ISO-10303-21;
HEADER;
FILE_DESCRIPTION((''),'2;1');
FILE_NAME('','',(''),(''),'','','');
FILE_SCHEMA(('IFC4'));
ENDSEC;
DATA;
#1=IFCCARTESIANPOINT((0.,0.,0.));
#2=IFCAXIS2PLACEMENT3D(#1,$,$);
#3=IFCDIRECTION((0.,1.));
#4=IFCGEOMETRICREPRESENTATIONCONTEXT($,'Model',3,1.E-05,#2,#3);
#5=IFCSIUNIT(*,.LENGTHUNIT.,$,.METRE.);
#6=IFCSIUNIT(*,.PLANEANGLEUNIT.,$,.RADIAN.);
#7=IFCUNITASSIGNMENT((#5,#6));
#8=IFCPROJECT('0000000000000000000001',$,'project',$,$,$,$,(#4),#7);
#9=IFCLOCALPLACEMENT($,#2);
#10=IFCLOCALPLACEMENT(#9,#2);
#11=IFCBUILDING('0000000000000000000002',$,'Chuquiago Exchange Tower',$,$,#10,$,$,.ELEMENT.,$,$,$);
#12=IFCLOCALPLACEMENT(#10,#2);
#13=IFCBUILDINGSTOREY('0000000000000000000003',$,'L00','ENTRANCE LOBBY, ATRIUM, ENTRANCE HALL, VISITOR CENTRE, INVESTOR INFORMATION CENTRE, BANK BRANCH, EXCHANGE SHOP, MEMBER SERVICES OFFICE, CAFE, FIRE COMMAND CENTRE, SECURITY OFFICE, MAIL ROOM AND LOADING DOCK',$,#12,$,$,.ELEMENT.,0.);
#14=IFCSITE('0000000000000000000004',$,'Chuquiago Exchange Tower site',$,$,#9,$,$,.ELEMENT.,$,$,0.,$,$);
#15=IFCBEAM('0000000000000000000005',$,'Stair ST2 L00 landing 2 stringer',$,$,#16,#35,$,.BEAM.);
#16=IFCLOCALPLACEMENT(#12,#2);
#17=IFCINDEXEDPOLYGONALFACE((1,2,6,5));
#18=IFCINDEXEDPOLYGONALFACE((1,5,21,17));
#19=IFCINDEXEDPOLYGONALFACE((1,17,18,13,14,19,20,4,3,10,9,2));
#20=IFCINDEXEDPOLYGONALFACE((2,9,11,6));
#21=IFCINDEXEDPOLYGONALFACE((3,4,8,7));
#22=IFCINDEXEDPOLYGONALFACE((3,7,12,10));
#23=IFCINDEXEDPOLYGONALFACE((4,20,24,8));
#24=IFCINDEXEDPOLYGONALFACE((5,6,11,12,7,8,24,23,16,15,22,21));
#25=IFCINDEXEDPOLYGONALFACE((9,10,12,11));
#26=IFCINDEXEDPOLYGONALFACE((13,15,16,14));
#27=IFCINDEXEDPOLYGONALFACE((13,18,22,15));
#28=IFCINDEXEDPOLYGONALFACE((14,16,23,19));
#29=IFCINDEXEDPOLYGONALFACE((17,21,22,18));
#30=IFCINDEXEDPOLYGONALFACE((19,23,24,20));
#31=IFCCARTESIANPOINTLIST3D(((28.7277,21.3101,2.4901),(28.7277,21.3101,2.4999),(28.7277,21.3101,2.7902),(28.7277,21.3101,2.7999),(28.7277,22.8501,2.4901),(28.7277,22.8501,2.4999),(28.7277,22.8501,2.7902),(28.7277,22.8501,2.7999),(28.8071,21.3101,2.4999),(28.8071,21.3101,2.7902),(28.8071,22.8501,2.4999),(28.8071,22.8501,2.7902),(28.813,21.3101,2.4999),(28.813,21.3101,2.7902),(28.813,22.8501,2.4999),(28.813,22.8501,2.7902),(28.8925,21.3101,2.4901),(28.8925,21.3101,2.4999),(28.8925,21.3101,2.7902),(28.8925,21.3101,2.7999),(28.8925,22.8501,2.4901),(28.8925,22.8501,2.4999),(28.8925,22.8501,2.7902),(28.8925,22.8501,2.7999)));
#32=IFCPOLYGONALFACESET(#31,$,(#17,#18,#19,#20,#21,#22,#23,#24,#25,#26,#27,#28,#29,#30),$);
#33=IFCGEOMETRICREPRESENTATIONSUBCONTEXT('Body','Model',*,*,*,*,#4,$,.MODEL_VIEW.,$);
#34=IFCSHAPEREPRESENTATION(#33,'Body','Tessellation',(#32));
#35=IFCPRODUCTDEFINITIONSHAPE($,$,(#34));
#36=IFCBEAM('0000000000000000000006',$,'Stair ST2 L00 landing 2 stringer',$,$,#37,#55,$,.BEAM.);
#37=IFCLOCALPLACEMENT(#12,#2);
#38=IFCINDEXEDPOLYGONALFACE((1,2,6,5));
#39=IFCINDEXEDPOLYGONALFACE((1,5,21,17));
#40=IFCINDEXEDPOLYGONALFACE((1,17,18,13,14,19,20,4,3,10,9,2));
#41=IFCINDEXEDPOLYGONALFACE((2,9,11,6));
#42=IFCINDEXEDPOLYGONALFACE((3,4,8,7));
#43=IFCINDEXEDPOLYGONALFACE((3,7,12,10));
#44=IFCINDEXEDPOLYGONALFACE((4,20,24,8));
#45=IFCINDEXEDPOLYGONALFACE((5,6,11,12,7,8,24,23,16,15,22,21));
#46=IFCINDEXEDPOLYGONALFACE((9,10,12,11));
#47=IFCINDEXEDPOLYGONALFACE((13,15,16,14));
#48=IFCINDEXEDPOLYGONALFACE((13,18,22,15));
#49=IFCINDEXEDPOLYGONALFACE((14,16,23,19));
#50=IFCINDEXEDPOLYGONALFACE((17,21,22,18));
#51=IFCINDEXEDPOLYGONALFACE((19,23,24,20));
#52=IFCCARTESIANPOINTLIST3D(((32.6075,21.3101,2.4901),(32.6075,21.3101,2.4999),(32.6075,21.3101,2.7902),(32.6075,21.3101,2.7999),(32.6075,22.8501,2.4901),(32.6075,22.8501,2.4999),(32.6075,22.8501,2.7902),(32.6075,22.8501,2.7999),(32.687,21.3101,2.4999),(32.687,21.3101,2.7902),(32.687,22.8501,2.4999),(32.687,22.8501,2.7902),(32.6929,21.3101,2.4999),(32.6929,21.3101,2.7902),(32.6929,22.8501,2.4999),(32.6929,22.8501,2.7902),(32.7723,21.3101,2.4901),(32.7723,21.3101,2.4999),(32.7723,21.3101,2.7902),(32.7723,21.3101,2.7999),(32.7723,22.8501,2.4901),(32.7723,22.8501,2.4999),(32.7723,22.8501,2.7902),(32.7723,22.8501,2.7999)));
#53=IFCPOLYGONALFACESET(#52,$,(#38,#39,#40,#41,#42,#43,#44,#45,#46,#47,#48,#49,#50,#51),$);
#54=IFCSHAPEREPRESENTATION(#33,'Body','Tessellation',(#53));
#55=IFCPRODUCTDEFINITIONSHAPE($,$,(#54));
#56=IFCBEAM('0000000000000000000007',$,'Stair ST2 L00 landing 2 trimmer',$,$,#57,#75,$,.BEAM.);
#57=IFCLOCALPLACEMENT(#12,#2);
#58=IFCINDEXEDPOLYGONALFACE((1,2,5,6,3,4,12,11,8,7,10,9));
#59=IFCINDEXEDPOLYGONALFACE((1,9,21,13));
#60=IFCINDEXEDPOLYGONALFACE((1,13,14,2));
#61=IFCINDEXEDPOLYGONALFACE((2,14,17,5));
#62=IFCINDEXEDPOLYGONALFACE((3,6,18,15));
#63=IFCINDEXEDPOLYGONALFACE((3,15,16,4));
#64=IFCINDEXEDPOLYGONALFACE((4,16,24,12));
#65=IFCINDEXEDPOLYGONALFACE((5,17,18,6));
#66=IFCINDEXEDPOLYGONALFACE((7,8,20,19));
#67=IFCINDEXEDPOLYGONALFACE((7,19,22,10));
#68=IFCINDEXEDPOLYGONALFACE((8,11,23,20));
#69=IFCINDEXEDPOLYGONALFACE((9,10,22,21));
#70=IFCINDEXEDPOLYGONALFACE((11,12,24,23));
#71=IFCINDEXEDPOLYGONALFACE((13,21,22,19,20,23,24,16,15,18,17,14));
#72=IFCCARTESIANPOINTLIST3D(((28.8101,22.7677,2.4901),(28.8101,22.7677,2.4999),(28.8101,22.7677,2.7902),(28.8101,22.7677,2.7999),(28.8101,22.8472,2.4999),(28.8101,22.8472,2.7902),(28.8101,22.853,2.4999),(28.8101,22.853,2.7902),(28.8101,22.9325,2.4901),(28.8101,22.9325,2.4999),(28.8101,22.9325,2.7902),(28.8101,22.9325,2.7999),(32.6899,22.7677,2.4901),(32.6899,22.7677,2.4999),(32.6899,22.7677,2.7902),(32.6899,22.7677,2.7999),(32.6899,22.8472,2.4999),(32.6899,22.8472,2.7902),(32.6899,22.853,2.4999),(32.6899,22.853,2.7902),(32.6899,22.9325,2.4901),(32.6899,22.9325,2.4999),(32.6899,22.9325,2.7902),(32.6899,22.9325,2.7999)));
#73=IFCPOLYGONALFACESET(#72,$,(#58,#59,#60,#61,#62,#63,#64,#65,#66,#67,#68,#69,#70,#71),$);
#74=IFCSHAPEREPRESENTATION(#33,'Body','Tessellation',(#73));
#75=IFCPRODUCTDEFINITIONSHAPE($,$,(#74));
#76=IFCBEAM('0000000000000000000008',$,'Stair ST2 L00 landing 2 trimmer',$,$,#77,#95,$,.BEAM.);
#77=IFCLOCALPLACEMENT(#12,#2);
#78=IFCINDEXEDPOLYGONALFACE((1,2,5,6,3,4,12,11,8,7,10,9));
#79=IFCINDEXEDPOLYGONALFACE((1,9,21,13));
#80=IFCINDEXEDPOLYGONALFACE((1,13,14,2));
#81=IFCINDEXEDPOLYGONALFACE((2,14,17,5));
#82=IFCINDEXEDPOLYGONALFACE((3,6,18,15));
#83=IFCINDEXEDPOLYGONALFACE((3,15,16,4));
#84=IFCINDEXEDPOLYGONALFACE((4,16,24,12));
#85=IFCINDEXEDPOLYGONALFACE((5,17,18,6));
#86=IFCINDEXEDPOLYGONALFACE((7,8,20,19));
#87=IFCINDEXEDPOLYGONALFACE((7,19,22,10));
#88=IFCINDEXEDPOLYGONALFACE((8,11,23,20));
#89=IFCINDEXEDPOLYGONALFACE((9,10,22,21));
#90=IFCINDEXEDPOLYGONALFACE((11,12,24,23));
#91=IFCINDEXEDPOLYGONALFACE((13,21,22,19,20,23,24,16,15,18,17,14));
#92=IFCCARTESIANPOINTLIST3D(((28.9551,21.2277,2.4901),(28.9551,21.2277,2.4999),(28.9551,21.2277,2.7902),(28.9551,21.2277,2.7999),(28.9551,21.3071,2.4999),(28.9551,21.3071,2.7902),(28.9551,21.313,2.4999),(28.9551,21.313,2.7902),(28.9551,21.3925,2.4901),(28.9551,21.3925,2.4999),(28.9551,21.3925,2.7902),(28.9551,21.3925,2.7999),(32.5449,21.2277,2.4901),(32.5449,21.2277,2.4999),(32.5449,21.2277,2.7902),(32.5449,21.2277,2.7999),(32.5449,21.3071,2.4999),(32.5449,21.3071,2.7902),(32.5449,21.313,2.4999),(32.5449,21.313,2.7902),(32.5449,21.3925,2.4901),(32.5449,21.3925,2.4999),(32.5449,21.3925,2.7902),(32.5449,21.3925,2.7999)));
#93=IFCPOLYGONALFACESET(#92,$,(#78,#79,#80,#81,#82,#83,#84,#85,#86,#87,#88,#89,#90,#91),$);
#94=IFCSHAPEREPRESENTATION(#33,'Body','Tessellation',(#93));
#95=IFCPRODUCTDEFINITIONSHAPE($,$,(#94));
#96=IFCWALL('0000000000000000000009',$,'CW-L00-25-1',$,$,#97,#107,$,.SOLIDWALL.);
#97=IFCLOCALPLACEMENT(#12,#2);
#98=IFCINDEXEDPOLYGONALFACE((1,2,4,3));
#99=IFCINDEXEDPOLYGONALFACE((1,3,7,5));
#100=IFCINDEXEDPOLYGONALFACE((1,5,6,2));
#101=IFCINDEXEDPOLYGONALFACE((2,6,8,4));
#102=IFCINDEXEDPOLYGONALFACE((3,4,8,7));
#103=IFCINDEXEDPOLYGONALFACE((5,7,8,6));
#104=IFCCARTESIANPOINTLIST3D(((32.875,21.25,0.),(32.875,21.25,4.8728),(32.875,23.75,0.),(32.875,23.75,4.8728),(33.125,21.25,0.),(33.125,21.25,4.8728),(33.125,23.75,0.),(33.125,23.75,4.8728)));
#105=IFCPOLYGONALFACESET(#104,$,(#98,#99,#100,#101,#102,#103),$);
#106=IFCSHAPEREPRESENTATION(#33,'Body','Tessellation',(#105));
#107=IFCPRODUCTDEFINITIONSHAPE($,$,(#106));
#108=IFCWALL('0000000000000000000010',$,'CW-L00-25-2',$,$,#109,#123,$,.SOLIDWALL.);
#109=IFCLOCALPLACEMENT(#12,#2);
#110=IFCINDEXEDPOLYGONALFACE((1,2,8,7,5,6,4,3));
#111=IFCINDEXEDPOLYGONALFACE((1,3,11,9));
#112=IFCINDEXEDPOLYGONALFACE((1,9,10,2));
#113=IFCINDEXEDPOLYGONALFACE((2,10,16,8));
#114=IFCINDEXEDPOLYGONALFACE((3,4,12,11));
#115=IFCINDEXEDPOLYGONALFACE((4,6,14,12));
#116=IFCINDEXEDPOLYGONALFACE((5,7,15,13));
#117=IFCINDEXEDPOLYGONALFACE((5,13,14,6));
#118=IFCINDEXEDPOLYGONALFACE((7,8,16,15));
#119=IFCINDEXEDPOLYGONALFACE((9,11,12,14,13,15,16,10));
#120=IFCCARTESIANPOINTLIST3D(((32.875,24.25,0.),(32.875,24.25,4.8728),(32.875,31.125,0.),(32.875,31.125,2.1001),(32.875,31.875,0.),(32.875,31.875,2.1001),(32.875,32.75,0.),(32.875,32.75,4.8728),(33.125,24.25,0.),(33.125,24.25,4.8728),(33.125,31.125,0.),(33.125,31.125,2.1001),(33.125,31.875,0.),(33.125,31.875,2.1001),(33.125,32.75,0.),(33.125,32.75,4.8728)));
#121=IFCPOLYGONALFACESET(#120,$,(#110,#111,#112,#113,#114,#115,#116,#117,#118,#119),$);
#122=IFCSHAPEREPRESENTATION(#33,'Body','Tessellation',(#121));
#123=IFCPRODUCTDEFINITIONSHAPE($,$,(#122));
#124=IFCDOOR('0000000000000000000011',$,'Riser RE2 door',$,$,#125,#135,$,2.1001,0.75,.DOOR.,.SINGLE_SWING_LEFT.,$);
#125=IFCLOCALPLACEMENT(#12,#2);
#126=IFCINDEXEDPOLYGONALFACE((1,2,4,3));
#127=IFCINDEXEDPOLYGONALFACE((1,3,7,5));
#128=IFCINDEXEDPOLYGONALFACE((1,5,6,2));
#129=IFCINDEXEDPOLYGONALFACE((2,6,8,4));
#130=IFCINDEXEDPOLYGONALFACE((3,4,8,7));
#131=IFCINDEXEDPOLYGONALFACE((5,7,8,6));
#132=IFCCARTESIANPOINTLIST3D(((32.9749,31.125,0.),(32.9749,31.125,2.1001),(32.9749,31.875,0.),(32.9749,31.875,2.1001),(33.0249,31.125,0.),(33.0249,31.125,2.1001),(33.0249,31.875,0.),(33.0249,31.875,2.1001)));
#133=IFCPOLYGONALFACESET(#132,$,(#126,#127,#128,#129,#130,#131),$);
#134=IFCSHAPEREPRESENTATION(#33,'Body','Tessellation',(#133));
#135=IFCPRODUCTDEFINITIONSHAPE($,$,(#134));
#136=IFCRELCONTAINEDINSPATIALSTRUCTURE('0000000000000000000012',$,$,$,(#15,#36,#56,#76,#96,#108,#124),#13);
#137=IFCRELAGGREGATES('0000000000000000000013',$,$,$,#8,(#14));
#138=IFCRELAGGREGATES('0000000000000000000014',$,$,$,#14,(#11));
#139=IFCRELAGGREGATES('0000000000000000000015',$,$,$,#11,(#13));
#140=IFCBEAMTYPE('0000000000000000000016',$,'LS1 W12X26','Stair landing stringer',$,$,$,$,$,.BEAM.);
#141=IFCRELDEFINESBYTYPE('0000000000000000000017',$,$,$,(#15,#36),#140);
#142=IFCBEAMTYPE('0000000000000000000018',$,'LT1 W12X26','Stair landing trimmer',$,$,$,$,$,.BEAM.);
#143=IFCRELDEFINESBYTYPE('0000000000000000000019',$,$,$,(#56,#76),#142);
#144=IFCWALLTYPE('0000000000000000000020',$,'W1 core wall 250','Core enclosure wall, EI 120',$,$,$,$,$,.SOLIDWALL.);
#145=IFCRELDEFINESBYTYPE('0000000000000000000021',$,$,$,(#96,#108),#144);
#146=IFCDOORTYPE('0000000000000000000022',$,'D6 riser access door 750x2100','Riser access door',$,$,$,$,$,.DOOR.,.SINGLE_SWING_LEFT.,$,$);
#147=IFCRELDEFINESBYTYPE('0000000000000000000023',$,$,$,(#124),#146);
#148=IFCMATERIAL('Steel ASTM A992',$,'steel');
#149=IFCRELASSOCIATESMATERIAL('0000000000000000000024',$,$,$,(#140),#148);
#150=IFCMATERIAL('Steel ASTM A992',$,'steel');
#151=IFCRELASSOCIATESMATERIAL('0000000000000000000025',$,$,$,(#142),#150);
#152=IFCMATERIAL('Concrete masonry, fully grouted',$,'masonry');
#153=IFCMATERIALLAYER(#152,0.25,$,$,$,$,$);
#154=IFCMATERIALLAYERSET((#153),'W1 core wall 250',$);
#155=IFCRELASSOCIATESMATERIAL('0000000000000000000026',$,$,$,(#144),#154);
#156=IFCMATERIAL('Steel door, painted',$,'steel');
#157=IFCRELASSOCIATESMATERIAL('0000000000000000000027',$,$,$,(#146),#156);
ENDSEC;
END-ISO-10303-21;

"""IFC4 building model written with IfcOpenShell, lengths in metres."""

from ifc_helpers import new_model, si_unit, direction, frame, frame_2d, origin, origin_2d, place, context, subcontext, project, spatial, rectangle, i_section, extrude, material, layer, layer_set, material_profile, profile_set, type_object, element, fill, save


model = new_model("IFC4")

# Units and contexts
model_context = context("Model", 3, precision=1e-05, world=origin(), true_north=direction((0.0, 1.0)))
body_context = subcontext(model_context, "Body", "Model", "MODEL_VIEW")
ifc_project = project(units=[si_unit("LENGTHUNIT", "METRE"), si_unit("PLANEANGLEUNIT", "RADIAN")], contexts=[model_context])

# Site, building, storey
site_placement = place(None, origin())
site = spatial("IfcSite", under=ifc_project, at=site_placement, Name="Chuquiago Exchange Tower site", CompositionType="ELEMENT", RefElevation=0.0)
building_placement = place(site_placement, origin())
building = spatial("IfcBuilding", under=site, at=building_placement, Name="Chuquiago Exchange Tower", CompositionType="ELEMENT")
storey_placement = place(building_placement, origin())
storey = spatial("IfcBuildingStorey", under=building, at=storey_placement, Name="L00", Description="ENTRANCE LOBBY, ATRIUM, ENTRANCE HALL, VISITOR CENTRE, INVESTOR INFORMATION CENTRE, BANK BRANCH, EXCHANGE SHOP, MEMBER SERVICES OFFICE, CAFE, FIRE COMMAND CENTRE, SECURITY OFFICE, MAIL ROOM AND LOADING DOCK", CompositionType="ELEMENT", Elevation=0.0)

# Beams
ifc_material_1 = material(Name="Steel ASTM A992", Category="steel")
ifc_material_profile_1 = material_profile(ifc_material_1, i_section(OverallWidth=0.1648, OverallDepth=0.3098, WebThickness=0.0059, FlangeThickness=0.0098, at=origin_2d()), Name="W12X26")
ifc_profile_set_1 = profile_set([ifc_material_profile_1], Name="Steel ASTM A992")
beam_type_1 = type_object("IfcBeamType", Name="LS1 W12X26", Description="Stair landing stringer", PredefinedType="BEAM", material=ifc_profile_set_1)
for number, where, z_axis, x_axis, name in (
    (1, (28.8101, 21.3101, 2.645), (0.0, 1.0, 0.0), (-1.0, 0.0, 0.0), "Stair ST2 L00 landing 2 stringer"),
    (2, (32.6899, 21.3101, 2.645), (0.0, 1.0, 0.0), (-1.0, 0.0, 0.0), "Stair ST2 L00 landing 2 stringer"),
):
    element("IfcBeam", number, at=place(storey_placement, frame(where, z_axis=z_axis, x_axis=x_axis)), inside=storey, type_object=beam_type_1, Name=name, PredefinedType="BEAM", context=body_context, shape_type="SweptSolid", body=[
        extrude(i_section(OverallWidth=0.1648, OverallDepth=0.3098, WebThickness=0.0059, FlangeThickness=0.0098, at=origin_2d()), origin(), (0.0, 0.0, 1.0), 1.54),
    ])
ifc_material_2 = material(Name="Steel ASTM A992", Category="steel")
ifc_material_profile_2 = material_profile(ifc_material_2, i_section(OverallWidth=0.1648, OverallDepth=0.3098, WebThickness=0.0059, FlangeThickness=0.0098, at=origin_2d()), Name="W12X26")
ifc_profile_set_2 = profile_set([ifc_material_profile_2], Name="Steel ASTM A992")
beam_type_2 = type_object("IfcBeamType", Name="LT1 W12X26", Description="Stair landing trimmer", PredefinedType="BEAM", material=ifc_profile_set_2)
beam_1_placement = place(storey_placement, frame((28.8101, 22.8501, 2.645), z_axis=(1.0, 0.0, 0.0), x_axis=(0.0, 1.0, 0.0)))
element("IfcBeam", 3, at=beam_1_placement, inside=storey, type_object=beam_type_2, Name="Stair ST2 L00 landing 2 trimmer", PredefinedType="BEAM", context=body_context, shape_type="SweptSolid", body=[
    extrude(i_section(OverallWidth=0.1648, OverallDepth=0.3098, WebThickness=0.0059, FlangeThickness=0.0098, at=origin_2d()), origin(), (0.0, 0.0, 1.0), 3.8799),
])
beam_2_placement = place(storey_placement, frame((28.9551, 21.3101, 2.645), z_axis=(1.0, 0.0, 0.0), x_axis=(0.0, 1.0, 0.0)))
element("IfcBeam", 4, at=beam_2_placement, inside=storey, type_object=beam_type_2, Name="Stair ST2 L00 landing 2 trimmer", PredefinedType="BEAM", context=body_context, shape_type="SweptSolid", body=[
    extrude(i_section(OverallWidth=0.1648, OverallDepth=0.3098, WebThickness=0.0059, FlangeThickness=0.0098, at=origin_2d()), origin(), (0.0, 0.0, 1.0), 3.5898),
])

# Wall
ifc_material_3 = material(Name="Concrete masonry, fully grouted", Category="masonry")
ifc_layer = layer(ifc_material_3, 0.25)
ifc_layer_set = layer_set([ifc_layer], Name="W1 core wall 250")
wall_type = type_object("IfcWallType", Name="W1 core wall 250", Description="Core enclosure wall, EI 120", PredefinedType="SOLIDWALL", material=ifc_layer_set)
wall_1_placement = place(storey_placement, frame((33.0, 21.25, 0.0), z_axis=(0.0, 0.0, 1.0), x_axis=(0.0, 1.0, 0.0)))
element("IfcWall", 5, at=wall_1_placement, inside=storey, type_object=wall_type, Name="CW-L00-25-1", PredefinedType="SOLIDWALL", context=body_context, shape_type="SweptSolid", body=[
    extrude(rectangle(XDim=2.5, YDim=0.25, at=frame_2d((1.25, 0.0))), origin(), (0.0, 0.0, 1.0), 4.8728),
])

# Wall, opening, door
wall_2_placement = place(storey_placement, frame((33.0, 24.25, 0.0), z_axis=(0.0, 0.0, 1.0), x_axis=(0.0, 1.0, 0.0)))
wall_2 = element("IfcWall", 6, at=wall_2_placement, inside=storey, type_object=wall_type, Name="CW-L00-25-2", PredefinedType="SOLIDWALL", context=body_context, shape_type="SweptSolid", body=[
    extrude(rectangle(XDim=8.5, YDim=0.25, at=frame_2d((4.25, 0.0))), origin(), (0.0, 0.0, 1.0), 4.8728),
])
opening_placement = place(wall_2_placement, frame((6.875, 0.0, 0.0)))
opening = element("IfcOpeningElement", 7, at=opening_placement, cuts=wall_2, PredefinedType="OPENING", context=body_context, shape_type="SweptSolid", body=[
    extrude(rectangle(XDim=0.75, YDim=2.1001, at=frame_2d((0.375, 1.05))), frame((0.0, 0.135, 0.0), z_axis=(0.0, -1.0, 0.0), x_axis=(1.0, 0.0, 0.0)), (0.0, 0.0, 1.0), 0.27),
])
ifc_material_4 = material(Name="Steel door, painted", Category="steel")
door_type = type_object("IfcDoorType", Name="D6 riser access door 750x2100", Description="Riser access door", OperationType="SINGLE_SWING_LEFT", PredefinedType="DOOR", material=ifc_material_4)
door_placement = place(opening_placement, frame((0.75, 0.0, 0.0), z_axis=(0.0, 0.0, 1.0), x_axis=(-1.0, 0.0, 0.0)))
door = element("IfcDoor", 8, at=door_placement, inside=storey, type_object=door_type, Name="Riser RE2 door", OperationType="SINGLE_SWING_LEFT", OverallHeight=2.1001, OverallWidth=0.75, PredefinedType="DOOR", context=body_context, shape_type="SweptSolid", body=[
    extrude(rectangle(XDim=0.75, YDim=2.1001, at=frame_2d((0.375, 1.05))), frame((0.0, 0.0249, 0.0), z_axis=(0.0, -1.0, 0.0), x_axis=(1.0, 0.0, 0.0)), (0.0, 0.0, 1.0), 0.05),
])
fill(opening, door)

save(model, "model.ifc")
